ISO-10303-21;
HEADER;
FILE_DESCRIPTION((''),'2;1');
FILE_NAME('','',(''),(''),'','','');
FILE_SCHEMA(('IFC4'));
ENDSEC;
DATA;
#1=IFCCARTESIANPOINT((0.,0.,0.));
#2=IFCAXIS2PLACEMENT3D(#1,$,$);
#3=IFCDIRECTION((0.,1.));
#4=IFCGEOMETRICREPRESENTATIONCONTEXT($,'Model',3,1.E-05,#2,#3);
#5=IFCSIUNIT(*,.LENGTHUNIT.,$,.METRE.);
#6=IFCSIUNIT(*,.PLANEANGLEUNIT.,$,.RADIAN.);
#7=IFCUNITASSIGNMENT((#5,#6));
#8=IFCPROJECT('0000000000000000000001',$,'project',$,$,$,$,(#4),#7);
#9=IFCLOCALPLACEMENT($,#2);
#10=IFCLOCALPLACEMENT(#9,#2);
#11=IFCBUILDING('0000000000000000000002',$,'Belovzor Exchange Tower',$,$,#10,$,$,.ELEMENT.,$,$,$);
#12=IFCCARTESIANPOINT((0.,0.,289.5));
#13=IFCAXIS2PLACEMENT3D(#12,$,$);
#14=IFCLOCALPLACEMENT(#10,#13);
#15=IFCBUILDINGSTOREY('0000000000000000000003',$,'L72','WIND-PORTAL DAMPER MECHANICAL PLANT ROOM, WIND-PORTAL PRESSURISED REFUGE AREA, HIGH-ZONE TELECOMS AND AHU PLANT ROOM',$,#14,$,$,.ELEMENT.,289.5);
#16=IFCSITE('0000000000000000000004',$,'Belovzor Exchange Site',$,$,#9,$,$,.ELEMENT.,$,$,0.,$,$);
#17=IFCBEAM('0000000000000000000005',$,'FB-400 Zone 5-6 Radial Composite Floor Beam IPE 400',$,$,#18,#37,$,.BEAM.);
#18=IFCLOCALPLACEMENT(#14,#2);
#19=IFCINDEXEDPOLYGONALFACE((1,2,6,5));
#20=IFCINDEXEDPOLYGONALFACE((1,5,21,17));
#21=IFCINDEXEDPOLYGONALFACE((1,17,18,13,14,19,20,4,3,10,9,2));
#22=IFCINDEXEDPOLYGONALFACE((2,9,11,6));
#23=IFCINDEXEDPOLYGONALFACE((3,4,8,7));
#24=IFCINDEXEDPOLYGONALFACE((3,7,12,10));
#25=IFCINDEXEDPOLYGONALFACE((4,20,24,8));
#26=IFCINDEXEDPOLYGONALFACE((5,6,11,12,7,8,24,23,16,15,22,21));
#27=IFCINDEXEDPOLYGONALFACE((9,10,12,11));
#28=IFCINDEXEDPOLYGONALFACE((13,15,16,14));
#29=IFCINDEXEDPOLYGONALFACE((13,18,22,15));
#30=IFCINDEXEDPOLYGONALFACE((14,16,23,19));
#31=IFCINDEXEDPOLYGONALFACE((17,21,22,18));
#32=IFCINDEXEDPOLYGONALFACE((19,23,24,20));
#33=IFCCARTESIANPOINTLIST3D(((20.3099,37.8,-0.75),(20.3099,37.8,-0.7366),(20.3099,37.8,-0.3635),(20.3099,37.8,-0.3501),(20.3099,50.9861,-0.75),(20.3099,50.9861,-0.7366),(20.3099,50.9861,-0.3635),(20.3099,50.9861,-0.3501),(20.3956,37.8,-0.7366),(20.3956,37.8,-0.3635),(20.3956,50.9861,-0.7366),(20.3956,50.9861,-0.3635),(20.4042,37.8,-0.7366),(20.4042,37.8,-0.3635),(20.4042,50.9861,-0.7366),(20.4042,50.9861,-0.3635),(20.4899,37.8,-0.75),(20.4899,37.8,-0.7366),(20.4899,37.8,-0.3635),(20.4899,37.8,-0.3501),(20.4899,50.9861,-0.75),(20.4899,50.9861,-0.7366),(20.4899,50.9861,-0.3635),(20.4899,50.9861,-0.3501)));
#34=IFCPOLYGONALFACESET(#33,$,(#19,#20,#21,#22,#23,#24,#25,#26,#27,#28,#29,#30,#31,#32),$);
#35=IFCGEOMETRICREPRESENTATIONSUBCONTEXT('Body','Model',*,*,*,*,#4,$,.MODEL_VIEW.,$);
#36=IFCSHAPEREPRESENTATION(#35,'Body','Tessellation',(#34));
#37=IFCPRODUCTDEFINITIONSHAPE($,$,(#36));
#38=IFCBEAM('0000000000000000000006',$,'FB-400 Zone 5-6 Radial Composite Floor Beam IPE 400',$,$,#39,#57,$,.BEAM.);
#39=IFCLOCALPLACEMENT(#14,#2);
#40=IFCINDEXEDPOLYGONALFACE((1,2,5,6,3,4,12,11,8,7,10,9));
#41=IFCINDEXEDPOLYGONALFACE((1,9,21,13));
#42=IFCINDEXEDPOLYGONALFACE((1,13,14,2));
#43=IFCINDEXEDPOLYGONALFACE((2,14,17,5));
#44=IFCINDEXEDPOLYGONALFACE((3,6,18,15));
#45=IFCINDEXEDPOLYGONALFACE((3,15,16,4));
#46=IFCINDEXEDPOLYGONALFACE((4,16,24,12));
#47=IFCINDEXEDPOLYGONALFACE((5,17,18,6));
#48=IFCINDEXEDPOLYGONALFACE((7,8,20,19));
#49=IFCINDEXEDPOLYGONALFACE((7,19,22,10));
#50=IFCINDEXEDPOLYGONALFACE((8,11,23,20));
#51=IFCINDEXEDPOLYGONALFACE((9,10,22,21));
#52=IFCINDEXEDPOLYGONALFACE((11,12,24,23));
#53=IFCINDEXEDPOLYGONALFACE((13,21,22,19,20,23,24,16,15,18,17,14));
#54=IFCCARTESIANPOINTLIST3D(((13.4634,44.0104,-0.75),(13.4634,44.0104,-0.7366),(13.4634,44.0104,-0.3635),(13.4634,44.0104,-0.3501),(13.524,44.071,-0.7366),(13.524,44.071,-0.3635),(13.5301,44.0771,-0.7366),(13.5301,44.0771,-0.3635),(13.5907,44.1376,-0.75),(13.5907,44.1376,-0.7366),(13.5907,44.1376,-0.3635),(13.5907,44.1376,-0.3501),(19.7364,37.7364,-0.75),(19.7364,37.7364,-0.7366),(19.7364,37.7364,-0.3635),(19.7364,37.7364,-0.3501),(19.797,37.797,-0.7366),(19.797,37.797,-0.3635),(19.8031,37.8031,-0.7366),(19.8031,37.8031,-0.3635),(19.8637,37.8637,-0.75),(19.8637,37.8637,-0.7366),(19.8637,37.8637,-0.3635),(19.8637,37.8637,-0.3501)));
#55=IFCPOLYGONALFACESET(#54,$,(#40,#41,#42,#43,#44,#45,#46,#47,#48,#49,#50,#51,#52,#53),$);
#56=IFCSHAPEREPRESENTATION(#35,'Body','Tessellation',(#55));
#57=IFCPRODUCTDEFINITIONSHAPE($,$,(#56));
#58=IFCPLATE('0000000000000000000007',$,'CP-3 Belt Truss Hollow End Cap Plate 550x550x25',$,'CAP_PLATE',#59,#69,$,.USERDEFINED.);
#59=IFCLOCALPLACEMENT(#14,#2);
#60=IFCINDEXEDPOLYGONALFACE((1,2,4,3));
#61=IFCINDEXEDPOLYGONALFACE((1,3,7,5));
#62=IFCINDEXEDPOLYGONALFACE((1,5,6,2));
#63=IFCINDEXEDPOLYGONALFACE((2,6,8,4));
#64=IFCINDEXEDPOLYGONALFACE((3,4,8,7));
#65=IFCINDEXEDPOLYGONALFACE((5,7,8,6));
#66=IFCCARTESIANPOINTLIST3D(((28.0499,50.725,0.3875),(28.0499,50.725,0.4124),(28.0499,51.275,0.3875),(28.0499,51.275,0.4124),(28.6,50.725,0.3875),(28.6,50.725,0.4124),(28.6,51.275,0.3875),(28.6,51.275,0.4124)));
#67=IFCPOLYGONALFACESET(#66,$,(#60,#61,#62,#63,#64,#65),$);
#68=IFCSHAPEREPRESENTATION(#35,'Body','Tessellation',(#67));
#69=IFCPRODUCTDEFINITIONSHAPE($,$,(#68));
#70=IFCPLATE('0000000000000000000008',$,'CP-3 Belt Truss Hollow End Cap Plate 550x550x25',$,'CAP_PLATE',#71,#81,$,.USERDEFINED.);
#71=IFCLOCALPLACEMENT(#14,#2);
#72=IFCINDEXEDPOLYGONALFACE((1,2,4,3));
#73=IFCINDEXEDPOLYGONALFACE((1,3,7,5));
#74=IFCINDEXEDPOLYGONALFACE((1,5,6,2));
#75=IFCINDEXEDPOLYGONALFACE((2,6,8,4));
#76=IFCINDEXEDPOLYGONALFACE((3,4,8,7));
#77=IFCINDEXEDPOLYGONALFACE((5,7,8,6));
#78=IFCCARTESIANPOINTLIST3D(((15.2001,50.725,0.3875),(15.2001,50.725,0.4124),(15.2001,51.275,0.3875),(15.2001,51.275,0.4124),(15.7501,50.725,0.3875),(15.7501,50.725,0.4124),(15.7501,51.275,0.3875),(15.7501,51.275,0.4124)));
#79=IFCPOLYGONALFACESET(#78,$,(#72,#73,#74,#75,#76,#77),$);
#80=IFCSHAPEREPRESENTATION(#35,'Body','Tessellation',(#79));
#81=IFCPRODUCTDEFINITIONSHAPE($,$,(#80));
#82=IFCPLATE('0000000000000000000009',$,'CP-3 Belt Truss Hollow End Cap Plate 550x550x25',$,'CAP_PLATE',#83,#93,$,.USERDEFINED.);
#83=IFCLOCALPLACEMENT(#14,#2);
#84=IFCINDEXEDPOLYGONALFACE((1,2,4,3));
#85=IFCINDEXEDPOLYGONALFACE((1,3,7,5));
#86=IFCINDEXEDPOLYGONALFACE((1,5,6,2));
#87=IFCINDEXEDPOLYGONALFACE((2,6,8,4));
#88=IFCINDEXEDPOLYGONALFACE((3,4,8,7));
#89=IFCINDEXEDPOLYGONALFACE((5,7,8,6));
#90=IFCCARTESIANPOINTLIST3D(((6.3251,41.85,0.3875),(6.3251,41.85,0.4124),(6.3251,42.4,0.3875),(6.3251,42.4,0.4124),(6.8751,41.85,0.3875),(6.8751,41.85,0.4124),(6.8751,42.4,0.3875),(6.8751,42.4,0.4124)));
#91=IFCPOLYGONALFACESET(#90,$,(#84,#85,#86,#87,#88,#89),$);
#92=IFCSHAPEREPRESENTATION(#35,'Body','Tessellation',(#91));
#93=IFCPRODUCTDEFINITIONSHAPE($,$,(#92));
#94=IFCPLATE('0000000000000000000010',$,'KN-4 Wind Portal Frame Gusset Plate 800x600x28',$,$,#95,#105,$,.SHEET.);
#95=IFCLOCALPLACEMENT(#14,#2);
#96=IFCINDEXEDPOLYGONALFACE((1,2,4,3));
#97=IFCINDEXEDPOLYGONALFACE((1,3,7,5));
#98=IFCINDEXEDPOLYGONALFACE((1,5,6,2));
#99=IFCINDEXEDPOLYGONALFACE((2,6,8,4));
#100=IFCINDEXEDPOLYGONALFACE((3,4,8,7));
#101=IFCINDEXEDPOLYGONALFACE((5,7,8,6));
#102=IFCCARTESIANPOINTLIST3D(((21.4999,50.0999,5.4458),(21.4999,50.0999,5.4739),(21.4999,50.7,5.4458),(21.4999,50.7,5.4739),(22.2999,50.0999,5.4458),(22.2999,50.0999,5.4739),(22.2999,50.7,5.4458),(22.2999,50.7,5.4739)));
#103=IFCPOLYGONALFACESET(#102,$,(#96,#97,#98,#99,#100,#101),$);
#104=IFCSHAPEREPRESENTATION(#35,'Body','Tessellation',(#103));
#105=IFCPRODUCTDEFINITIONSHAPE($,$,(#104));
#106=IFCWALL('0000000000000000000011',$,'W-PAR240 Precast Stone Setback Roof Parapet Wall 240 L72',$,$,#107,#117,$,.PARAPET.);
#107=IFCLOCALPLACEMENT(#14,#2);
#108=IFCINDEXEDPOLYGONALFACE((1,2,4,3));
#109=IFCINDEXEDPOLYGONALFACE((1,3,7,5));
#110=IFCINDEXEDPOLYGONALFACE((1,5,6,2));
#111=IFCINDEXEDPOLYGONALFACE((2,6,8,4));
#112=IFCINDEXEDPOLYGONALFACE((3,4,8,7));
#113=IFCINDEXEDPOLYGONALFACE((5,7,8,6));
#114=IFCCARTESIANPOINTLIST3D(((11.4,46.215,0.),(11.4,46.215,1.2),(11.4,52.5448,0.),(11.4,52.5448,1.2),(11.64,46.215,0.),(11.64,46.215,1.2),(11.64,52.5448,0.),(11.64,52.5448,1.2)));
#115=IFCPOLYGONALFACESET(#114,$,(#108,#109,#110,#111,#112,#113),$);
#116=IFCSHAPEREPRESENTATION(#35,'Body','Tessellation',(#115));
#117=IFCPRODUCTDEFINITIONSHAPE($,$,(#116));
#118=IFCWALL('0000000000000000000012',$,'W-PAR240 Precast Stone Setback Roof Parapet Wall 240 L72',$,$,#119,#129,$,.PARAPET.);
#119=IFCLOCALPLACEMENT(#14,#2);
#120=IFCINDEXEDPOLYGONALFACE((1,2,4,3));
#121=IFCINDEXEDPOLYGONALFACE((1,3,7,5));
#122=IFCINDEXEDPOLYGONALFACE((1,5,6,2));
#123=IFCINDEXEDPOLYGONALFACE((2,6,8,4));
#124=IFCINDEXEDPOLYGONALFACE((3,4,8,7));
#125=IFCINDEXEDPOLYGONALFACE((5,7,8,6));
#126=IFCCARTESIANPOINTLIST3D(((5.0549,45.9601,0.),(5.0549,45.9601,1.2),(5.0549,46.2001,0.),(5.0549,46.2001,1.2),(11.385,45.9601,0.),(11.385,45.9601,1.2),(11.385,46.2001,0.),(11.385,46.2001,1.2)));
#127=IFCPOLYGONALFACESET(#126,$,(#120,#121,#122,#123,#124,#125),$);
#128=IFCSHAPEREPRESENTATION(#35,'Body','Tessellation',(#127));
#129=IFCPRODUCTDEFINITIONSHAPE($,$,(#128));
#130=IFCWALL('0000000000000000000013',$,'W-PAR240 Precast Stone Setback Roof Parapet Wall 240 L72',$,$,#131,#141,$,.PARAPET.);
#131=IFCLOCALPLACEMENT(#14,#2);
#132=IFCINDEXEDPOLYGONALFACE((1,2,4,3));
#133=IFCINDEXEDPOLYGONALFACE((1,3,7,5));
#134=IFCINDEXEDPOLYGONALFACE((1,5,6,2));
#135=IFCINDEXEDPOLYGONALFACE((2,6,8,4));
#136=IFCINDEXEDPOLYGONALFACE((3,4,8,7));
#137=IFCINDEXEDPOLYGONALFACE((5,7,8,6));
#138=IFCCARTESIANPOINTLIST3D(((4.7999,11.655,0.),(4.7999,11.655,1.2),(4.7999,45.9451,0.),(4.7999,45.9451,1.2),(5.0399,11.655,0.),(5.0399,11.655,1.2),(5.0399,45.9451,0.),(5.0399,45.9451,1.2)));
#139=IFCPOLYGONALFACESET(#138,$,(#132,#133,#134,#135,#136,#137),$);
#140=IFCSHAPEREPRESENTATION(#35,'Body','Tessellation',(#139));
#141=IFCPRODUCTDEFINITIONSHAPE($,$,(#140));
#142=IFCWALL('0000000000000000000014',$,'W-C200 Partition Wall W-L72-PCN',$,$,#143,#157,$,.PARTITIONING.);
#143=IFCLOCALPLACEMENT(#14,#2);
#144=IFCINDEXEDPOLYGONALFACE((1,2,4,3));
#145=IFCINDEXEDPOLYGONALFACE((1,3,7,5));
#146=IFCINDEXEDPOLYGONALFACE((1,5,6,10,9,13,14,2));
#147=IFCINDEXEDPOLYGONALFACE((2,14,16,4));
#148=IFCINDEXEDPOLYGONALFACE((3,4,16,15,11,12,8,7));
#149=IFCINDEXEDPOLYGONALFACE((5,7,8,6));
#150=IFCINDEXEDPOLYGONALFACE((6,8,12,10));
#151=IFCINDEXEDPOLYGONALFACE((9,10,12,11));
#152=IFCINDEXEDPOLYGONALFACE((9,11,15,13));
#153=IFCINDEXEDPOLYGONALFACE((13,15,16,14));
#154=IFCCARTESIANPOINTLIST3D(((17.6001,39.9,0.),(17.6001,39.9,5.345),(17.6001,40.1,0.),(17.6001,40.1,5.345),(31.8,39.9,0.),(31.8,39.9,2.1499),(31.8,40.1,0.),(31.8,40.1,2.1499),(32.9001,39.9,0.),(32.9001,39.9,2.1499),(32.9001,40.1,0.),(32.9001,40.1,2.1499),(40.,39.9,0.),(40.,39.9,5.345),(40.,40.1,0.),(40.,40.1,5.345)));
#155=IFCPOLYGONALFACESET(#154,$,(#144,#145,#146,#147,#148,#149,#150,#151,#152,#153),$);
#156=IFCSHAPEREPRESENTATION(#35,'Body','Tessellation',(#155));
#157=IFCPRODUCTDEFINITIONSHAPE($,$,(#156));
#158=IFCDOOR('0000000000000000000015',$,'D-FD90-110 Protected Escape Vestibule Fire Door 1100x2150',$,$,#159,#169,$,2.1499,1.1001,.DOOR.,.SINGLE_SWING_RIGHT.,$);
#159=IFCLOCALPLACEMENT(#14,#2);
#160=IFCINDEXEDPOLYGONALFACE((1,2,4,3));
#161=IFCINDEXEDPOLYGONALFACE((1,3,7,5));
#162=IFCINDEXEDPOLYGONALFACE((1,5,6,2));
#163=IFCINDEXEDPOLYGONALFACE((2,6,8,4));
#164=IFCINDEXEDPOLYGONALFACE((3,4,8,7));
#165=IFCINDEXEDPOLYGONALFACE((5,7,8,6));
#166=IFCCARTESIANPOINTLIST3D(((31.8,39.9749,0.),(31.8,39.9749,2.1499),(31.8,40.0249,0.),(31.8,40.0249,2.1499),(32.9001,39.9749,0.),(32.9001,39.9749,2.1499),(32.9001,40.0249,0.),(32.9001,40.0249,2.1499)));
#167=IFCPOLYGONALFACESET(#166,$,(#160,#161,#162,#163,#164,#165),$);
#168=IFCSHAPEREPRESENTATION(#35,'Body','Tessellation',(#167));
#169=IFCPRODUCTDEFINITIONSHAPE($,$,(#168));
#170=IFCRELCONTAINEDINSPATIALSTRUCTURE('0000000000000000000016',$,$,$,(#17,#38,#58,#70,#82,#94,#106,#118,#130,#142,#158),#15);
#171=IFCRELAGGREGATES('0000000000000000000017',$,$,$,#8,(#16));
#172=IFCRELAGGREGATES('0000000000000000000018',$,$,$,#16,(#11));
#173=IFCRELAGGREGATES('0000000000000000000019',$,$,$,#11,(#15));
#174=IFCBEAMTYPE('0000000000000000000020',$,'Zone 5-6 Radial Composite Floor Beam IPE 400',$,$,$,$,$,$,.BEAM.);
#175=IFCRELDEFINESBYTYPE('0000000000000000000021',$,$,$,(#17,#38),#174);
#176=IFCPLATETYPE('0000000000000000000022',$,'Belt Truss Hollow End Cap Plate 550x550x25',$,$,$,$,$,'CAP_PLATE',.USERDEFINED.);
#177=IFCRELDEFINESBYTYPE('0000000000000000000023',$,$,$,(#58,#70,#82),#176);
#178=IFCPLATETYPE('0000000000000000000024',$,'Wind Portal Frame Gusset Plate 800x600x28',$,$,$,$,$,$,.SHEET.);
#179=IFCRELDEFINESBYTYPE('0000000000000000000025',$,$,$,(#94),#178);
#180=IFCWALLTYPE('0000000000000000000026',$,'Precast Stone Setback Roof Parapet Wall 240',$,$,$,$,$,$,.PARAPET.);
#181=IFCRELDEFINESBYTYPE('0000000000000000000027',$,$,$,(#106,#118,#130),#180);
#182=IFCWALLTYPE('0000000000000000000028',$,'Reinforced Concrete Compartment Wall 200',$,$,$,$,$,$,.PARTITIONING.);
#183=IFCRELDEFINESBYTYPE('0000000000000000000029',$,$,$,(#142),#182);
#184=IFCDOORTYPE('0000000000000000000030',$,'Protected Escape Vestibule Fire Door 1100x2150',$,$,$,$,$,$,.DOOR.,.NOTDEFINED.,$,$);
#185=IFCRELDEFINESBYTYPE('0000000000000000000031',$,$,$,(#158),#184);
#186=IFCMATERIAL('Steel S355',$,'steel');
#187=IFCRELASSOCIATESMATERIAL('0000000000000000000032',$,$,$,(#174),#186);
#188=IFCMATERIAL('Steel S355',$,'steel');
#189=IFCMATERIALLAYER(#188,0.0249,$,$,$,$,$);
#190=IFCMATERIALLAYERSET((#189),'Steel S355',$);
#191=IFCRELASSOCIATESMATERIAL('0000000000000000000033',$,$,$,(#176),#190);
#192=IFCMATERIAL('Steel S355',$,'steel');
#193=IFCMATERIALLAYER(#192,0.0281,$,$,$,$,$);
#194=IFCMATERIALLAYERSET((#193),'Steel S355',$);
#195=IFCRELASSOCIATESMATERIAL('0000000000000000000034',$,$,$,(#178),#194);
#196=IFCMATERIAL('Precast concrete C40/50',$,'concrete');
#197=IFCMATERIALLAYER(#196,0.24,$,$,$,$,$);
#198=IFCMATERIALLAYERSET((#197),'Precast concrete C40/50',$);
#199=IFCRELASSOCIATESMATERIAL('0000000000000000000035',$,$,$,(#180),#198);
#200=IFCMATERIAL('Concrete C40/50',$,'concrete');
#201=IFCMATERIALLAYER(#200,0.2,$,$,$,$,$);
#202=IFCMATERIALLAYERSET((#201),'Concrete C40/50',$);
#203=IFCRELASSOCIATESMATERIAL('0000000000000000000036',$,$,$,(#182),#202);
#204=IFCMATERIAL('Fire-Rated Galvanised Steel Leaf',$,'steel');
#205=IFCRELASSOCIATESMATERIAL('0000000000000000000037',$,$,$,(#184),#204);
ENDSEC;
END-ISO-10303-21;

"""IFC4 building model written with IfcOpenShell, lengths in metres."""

from ifc_helpers import new_model, si_unit, direction, frame, frame_2d, origin, origin_2d, place, context, subcontext, project, spatial, rectangle, i_section, extrude, material, layer, layer_set, material_profile, profile_set, type_object, element, fill, save


model = new_model("IFC4")

# Units and contexts
model_context = context("Model", 3, precision=1e-05, world=origin(), true_north=direction((0.0, 1.0)))
body_context = subcontext(model_context, "Body", "Model", "MODEL_VIEW")
ifc_project = project(units=[si_unit("LENGTHUNIT", "METRE"), si_unit("PLANEANGLEUNIT", "RADIAN")], contexts=[model_context])

# Site, building, storey
site_placement = place(None, origin())
site = spatial("IfcSite", under=ifc_project, at=site_placement, Name="Belovzor Exchange Site", CompositionType="ELEMENT", RefElevation=0.0)
building_placement = place(site_placement, origin())
building = spatial("IfcBuilding", under=site, at=building_placement, Name="Belovzor Exchange Tower", CompositionType="ELEMENT")
storey_placement = place(building_placement, frame((0.0, 0.0, 289.5)))
storey = spatial("IfcBuildingStorey", under=building, at=storey_placement, Name="L72", Description="WIND-PORTAL DAMPER MECHANICAL PLANT ROOM, WIND-PORTAL PRESSURISED REFUGE AREA, HIGH-ZONE TELECOMS AND AHU PLANT ROOM", CompositionType="ELEMENT", Elevation=289.5)

# Beams
ifc_material_1 = material(Name="Steel S355", Category="steel")
ifc_material_profile_1 = material_profile(ifc_material_1, i_section(OverallWidth=0.1799, OverallDepth=0.3999, WebThickness=0.0085, FlangeThickness=0.0134, at=origin_2d()))
ifc_profile_set_1 = profile_set([ifc_material_profile_1], Name="Steel S355")
beam_type_1 = type_object("IfcBeamType", Name="Zone 5-6 Radial Composite Floor Beam IPE 400", PredefinedType="BEAM", material=ifc_profile_set_1)
beam_1_placement = place(storey_placement, frame((20.3999, 37.8, -0.55), z_axis=(0.0, 1.0, 0.0), x_axis=(-1.0, 0.0, 0.0)))
element("IfcBeam", 1, at=beam_1_placement, inside=storey, type_object=beam_type_1, Name="FB-400 Zone 5-6 Radial Composite Floor Beam IPE 400", PredefinedType="BEAM", context=body_context, shape_type="SweptSolid", body=[
    extrude(i_section(OverallWidth=0.1799, OverallDepth=0.3999, WebThickness=0.0085, FlangeThickness=0.0134, at=origin_2d()), origin(), (0.0, 0.0, 1.0), 13.186),
])
beam_2_placement = place(storey_placement, frame((19.8, 37.8, -0.55), z_axis=(-0.707052, 0.707162, 0.0), x_axis=(-0.707162, -0.707052, 0.0)))
element("IfcBeam", 2, at=beam_2_placement, inside=storey, type_object=beam_type_1, Name="FB-400 Zone 5-6 Radial Composite Floor Beam IPE 400", PredefinedType="BEAM", context=body_context, shape_type="SweptSolid", body=[
    extrude(i_section(OverallWidth=0.1799, OverallDepth=0.3999, WebThickness=0.0085, FlangeThickness=0.0134, at=origin_2d()), origin(), (0.0, 0.0, 1.0), 8.8721),
])

# Plates
ifc_material_2 = material(Name="Steel S355", Category="steel")
ifc_layer_1 = layer(ifc_material_2, 0.0249)
ifc_layer_set_1 = layer_set([ifc_layer_1], Name="Steel S355")
plate_type_1 = type_object("IfcPlateType", Name="Belt Truss Hollow End Cap Plate 550x550x25", ElementType="CAP_PLATE", PredefinedType="USERDEFINED", material=ifc_layer_set_1)
for number, where, z_axis, x_axis, name in (
    (3, (28.325, 51.0, 0.3875), (0.0, 0.0, 1.0), (1.0, 0.0, 0.0), "CP-3 Belt Truss Hollow End Cap Plate 550x550x25"),
    (4, (15.4751, 51.0, 0.3875), (0.0, 0.0, 1.0), (1.0, 0.0, 0.0), "CP-3 Belt Truss Hollow End Cap Plate 550x550x25"),
    (5, (6.6001, 42.125, 0.3875), (0.0, 0.0, 1.0), (0.0, 1.0, 0.0), "CP-3 Belt Truss Hollow End Cap Plate 550x550x25"),
):
    element("IfcPlate", number, at=place(storey_placement, frame(where, z_axis=z_axis, x_axis=x_axis)), inside=storey, type_object=plate_type_1, Name=name, ObjectType="CAP_PLATE", PredefinedType="USERDEFINED", context=body_context, shape_type="SweptSolid", body=[
        extrude(rectangle(XDim=0.55, YDim=0.55, at=origin_2d()), origin(), (0.0, 0.0, 1.0), 0.0249),
    ])
ifc_material_3 = material(Name="Steel S355", Category="steel")
ifc_layer_2 = layer(ifc_material_3, 0.0281)
ifc_layer_set_2 = layer_set([ifc_layer_2], Name="Steel S355")
plate_type_2 = type_object("IfcPlateType", Name="Wind Portal Frame Gusset Plate 800x600x28", PredefinedType="SHEET", material=ifc_layer_set_2)
plate_placement = place(storey_placement, frame((21.8999, 50.3999, 5.4458), z_axis=(0.0, 0.0, 1.0), x_axis=(1.0, 0.0, 0.0)))
element("IfcPlate", 6, at=plate_placement, inside=storey, type_object=plate_type_2, Name="KN-4 Wind Portal Frame Gusset Plate 800x600x28", PredefinedType="SHEET", context=body_context, shape_type="SweptSolid", body=[
    extrude(rectangle(XDim=0.8, YDim=0.6001, at=origin_2d()), origin(), (0.0, 0.0, 1.0), 0.0281),
])

# Walls
ifc_material_4 = material(Name="Precast concrete C40/50", Category="concrete")
ifc_layer_3 = layer(ifc_material_4, 0.24)
ifc_layer_set_3 = layer_set([ifc_layer_3], Name="Precast concrete C40/50")
wall_type_1 = type_object("IfcWallType", Name="Precast Stone Setback Roof Parapet Wall 240", PredefinedType="PARAPET", material=ifc_layer_set_3)
wall_1_placement = place(storey_placement, frame((11.52, 52.5449, 0.0), z_axis=(0.0, 0.0, 1.0), x_axis=(0.0, -1.0, 0.0)))
element("IfcWall", 7, at=wall_1_placement, inside=storey, type_object=wall_type_1, Name="W-PAR240 Precast Stone Setback Roof Parapet Wall 240 L72", PredefinedType="PARAPET", context=body_context, shape_type="SweptSolid", body=[
    extrude(rectangle(XDim=6.3298, YDim=0.24, at=frame_2d((3.165, 0.0))), origin(), (0.0, 0.0, 1.0), 1.2),
])
wall_2_placement = place(storey_placement, frame((11.385, 46.0801, 0.0), z_axis=(0.0, 0.0, 1.0), x_axis=(-1.0, 0.0, 0.0)))
element("IfcWall", 8, at=wall_2_placement, inside=storey, type_object=wall_type_1, Name="W-PAR240 Precast Stone Setback Roof Parapet Wall 240 L72", PredefinedType="PARAPET", context=body_context, shape_type="SweptSolid", body=[
    extrude(rectangle(XDim=6.3301, YDim=0.24, at=frame_2d((3.165, 0.0))), origin(), (0.0, 0.0, 1.0), 1.2),
])
wall_3_placement = place(storey_placement, frame((4.9199, 45.9451, 0.0), z_axis=(0.0, 0.0, 1.0), x_axis=(0.0, -1.0, 0.0)))
element("IfcWall", 9, at=wall_3_placement, inside=storey, type_object=wall_type_1, Name="W-PAR240 Precast Stone Setback Roof Parapet Wall 240 L72", PredefinedType="PARAPET", context=body_context, shape_type="SweptSolid", body=[
    extrude(rectangle(XDim=34.29, YDim=0.24, at=frame_2d((17.145, 0.0))), origin(), (0.0, 0.0, 1.0), 1.2),
])

# Wall, opening, door
ifc_material_5 = material(Name="Concrete C40/50", Category="concrete")
ifc_layer_4 = layer(ifc_material_5, 0.2)
ifc_layer_set_4 = layer_set([ifc_layer_4], Name="Concrete C40/50")
wall_type_2 = type_object("IfcWallType", Name="Reinforced Concrete Compartment Wall 200", PredefinedType="PARTITIONING", material=ifc_layer_set_4)
wall_4_placement = place(storey_placement, frame((17.6001, 40.0, 0.0), z_axis=(0.0, 0.0, 1.0), x_axis=(1.0, 0.0, 0.0)))
wall_4 = element("IfcWall", 10, at=wall_4_placement, inside=storey, type_object=wall_type_2, Name="W-C200 Partition Wall W-L72-PCN", PredefinedType="PARTITIONING", context=body_context, shape_type="SweptSolid", body=[
    extrude(rectangle(XDim=22.3999, YDim=0.2, at=frame_2d((11.2, 0.0))), origin(), (0.0, 0.0, 1.0), 5.345),
])
opening_1_placement = place(wall_4_placement, frame((14.2, 0.0, 0.0)))
opening_1 = element("IfcOpeningElement", 11, at=opening_1_placement, cuts=wall_4, PredefinedType="OPENING", context=body_context, shape_type="SweptSolid", body=[
    extrude(rectangle(XDim=1.1001, YDim=2.1499, at=frame_2d((0.55, 1.075))), frame((0.0, 0.1099, 0.0), z_axis=(0.0, -1.0, 0.0), x_axis=(1.0, 0.0, 0.0)), (0.0, 0.0, 1.0), 0.22),
])
ifc_material_6 = material(Name="Fire-Rated Galvanised Steel Leaf", Category="steel")
door_type = type_object("IfcDoorType", Name="Protected Escape Vestibule Fire Door 1100x2150", OperationType="NOTDEFINED", PredefinedType="DOOR", material=ifc_material_6)
door_1_placement = place(opening_1_placement, origin())
door_1 = element("IfcDoor", 12, at=door_1_placement, inside=storey, type_object=door_type, Name="D-FD90-110 Protected Escape Vestibule Fire Door 1100x2150", OperationType="SINGLE_SWING_RIGHT", OverallHeight=2.1499, OverallWidth=1.1001, PredefinedType="DOOR", context=body_context, shape_type="SweptSolid", body=[
    extrude(rectangle(XDim=1.1001, YDim=2.1499, at=frame_2d((0.55, 1.075))), frame((0.0, 0.0249, 0.0), z_axis=(0.0, -1.0, 0.0), x_axis=(1.0, 0.0, 0.0)), (0.0, 0.0, 1.0), 0.05),
])
fill(opening_1, door_1)

save(model, "model.ifc")
